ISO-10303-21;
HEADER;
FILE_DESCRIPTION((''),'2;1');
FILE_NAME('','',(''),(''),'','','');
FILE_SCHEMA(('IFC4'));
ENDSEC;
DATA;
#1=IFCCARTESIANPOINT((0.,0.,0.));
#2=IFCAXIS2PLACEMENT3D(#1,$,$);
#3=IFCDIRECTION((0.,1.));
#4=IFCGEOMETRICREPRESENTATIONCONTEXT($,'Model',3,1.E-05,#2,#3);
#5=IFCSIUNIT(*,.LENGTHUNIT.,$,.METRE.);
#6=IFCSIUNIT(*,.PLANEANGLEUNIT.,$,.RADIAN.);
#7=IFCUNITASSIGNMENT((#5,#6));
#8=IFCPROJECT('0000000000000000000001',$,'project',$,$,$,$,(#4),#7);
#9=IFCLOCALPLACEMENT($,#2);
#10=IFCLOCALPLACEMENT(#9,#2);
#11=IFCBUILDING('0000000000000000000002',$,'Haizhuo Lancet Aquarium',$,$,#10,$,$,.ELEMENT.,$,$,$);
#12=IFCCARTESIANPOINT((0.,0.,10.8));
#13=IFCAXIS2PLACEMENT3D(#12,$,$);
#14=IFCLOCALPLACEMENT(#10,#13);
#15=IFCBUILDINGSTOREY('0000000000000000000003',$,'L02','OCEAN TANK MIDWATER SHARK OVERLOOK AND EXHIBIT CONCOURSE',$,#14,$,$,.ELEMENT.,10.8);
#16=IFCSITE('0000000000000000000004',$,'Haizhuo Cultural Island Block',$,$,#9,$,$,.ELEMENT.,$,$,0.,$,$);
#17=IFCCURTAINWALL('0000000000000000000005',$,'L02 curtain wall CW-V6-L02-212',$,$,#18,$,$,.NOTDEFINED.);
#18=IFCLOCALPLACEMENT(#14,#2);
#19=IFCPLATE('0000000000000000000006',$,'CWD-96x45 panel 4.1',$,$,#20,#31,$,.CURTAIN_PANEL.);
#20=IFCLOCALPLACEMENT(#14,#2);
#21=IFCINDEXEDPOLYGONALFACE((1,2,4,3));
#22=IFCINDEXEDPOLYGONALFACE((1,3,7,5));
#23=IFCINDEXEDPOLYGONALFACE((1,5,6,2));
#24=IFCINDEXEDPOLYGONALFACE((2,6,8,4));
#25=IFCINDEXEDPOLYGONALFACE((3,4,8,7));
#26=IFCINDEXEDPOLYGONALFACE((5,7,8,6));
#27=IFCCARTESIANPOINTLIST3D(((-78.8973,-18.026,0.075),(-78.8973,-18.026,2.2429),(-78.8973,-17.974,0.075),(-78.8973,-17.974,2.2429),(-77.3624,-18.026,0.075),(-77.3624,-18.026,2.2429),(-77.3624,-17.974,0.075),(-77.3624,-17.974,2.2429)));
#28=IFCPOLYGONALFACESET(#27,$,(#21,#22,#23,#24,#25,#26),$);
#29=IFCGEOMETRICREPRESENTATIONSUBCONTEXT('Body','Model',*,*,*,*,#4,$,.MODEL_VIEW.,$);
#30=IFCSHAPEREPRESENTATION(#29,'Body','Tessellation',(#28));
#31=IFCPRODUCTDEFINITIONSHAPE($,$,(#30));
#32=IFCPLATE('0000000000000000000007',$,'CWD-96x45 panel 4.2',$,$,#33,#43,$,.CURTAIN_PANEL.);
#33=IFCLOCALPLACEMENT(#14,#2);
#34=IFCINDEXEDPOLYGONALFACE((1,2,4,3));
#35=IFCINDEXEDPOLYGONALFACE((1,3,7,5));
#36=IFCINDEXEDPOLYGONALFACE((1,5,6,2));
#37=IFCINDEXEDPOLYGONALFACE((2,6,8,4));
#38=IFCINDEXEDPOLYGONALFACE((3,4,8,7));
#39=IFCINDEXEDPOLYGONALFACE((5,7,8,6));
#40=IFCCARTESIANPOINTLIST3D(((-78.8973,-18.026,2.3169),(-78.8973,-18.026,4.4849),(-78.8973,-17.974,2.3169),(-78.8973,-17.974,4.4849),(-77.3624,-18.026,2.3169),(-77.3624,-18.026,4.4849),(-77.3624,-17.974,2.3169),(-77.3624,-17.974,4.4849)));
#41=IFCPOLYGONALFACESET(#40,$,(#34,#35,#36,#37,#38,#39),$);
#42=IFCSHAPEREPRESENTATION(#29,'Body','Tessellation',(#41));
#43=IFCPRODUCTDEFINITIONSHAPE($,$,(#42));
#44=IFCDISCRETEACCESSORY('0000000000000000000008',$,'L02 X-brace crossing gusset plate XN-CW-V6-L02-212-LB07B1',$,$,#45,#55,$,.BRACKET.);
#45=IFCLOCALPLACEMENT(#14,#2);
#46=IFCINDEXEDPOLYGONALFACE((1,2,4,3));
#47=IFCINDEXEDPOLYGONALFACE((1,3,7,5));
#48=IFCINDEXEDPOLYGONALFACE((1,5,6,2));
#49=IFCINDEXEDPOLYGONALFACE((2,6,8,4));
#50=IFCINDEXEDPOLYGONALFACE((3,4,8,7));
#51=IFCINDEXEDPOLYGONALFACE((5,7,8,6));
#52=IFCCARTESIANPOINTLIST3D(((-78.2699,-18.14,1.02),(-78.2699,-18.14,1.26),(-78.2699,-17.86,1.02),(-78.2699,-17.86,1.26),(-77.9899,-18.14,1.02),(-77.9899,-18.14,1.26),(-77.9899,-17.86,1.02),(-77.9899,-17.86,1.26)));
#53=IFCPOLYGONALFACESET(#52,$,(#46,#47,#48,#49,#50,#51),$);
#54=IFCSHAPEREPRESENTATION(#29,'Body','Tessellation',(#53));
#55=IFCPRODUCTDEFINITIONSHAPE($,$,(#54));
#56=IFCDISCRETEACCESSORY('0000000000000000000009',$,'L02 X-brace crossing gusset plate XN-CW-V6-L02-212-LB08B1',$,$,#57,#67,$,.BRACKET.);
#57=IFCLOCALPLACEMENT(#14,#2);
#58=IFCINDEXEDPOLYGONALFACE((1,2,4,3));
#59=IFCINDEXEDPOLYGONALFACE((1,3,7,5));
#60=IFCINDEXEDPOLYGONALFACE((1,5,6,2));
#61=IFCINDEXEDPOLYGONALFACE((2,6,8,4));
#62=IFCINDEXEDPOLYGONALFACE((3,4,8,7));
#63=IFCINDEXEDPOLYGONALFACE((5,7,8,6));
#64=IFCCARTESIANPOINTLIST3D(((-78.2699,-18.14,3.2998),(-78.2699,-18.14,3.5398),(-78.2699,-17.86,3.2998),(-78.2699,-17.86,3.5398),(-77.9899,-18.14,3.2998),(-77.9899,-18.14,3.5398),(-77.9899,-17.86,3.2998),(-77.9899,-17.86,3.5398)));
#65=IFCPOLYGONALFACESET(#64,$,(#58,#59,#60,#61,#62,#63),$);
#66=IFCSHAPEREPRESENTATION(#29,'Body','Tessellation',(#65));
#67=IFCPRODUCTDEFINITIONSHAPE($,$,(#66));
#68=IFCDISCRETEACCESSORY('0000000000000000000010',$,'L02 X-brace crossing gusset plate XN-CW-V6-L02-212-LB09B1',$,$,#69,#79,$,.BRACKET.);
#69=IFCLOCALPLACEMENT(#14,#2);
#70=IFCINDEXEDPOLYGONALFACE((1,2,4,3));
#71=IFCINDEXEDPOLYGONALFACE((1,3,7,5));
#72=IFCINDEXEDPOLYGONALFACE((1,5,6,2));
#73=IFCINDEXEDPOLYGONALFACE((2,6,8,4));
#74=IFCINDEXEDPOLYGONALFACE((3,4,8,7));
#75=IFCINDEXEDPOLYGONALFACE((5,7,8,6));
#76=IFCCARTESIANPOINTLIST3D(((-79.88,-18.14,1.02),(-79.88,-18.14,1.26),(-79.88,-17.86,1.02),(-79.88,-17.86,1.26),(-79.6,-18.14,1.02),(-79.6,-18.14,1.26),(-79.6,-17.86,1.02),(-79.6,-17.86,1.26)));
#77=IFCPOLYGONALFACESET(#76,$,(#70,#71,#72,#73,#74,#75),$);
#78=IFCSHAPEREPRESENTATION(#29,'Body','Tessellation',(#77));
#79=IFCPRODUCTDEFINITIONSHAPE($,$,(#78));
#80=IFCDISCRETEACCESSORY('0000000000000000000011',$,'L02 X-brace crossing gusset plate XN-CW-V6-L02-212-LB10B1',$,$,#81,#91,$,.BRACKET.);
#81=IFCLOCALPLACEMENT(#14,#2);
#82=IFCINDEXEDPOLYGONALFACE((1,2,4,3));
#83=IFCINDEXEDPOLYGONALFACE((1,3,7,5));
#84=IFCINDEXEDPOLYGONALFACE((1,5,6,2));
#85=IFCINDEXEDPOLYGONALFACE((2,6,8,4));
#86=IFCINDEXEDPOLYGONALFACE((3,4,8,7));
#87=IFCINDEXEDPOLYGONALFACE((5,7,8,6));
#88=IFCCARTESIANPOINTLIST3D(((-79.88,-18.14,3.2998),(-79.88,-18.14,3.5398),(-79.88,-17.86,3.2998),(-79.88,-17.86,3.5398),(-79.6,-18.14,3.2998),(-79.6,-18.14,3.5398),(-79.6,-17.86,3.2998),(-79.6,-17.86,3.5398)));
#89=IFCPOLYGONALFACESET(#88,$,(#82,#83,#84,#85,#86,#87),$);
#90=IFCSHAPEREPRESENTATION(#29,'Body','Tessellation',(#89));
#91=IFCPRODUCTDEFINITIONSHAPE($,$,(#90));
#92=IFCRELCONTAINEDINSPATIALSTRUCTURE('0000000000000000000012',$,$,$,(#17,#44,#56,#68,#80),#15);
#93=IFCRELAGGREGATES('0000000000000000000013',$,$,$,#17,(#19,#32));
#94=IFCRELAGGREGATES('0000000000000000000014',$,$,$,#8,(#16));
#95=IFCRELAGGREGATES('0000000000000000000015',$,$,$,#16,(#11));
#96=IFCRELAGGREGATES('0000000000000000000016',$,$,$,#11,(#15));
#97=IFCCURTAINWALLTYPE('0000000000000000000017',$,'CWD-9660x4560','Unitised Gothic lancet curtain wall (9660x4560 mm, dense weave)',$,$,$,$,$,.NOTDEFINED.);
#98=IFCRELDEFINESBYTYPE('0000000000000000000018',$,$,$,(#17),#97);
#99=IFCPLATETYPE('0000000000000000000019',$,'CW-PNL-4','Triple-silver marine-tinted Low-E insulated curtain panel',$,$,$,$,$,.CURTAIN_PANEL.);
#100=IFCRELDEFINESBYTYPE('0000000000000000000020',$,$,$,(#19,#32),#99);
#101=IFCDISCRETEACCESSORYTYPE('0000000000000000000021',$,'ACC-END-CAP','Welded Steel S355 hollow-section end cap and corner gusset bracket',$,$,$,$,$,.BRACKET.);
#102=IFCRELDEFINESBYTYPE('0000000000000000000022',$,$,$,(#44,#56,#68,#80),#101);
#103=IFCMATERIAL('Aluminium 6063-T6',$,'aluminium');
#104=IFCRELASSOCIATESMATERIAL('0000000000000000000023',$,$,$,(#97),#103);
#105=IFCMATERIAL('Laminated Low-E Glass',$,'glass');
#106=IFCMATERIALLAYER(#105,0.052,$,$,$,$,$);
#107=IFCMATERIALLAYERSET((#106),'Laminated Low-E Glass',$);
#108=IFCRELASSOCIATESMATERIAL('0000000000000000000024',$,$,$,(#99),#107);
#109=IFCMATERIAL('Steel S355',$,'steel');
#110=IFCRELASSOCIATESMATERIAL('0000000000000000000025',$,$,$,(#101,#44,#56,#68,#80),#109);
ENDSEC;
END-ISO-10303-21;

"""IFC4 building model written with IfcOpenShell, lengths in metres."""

from ifc_helpers import new_model, si_unit, direction, frame, origin, origin_2d, place, context, subcontext, project, spatial, rectangle, extrude, material, layer, layer_set, type_object, element, aggregate, save


model = new_model("IFC4")

# Units and contexts
model_context = context("Model", 3, precision=1e-05, world=origin(), true_north=direction((0.0, 1.0)))
body_context = subcontext(model_context, "Body", "Model", "MODEL_VIEW")
ifc_project = project(units=[si_unit("LENGTHUNIT", "METRE"), si_unit("PLANEANGLEUNIT", "RADIAN")], contexts=[model_context])

# Site, building, storey
site_placement = place(None, origin())
site = spatial("IfcSite", under=ifc_project, at=site_placement, Name="Haizhuo Cultural Island Block", CompositionType="ELEMENT", RefElevation=0.0)
building_placement = place(site_placement, origin())
building = spatial("IfcBuilding", under=site, at=building_placement, Name="Haizhuo Lancet Aquarium", CompositionType="ELEMENT")
storey_placement = place(building_placement, frame((0.0, 0.0, 10.8)))
storey = spatial("IfcBuildingStorey", under=building, at=storey_placement, Name="L02", Description="OCEAN TANK MIDWATER SHARK OVERLOOK AND EXHIBIT CONCOURSE", CompositionType="ELEMENT", Elevation=10.8)

# Shared definitions
ifc_material_1 = material(Name="Steel S355", Category="steel")

# Curtain wall
ifc_material_2 = material(Name="Aluminium 6063-T6", Category="aluminium")
curtain_wall_type_1 = type_object("IfcCurtainWallType", Name="CWD-9660x4560", Description="Unitised Gothic lancet curtain wall (9660x4560 mm, dense weave)", PredefinedType="NOTDEFINED", material=ifc_material_2)
curtain_wall_1_placement = place(storey_placement, origin())
curtain_wall_1 = element("IfcCurtainWall", 1, at=curtain_wall_1_placement, inside=storey, type_object=curtain_wall_type_1, Name="L02 curtain wall CW-V6-L02-212", PredefinedType="NOTDEFINED")

# Plates
ifc_material_3 = material(Name="Laminated Low-E Glass", Category="glass")
ifc_layer = layer(ifc_material_3, 0.052)
ifc_layer_set = layer_set([ifc_layer], Name="Laminated Low-E Glass")
plate_type = type_object("IfcPlateType", Name="CW-PNL-4", Description="Triple-silver marine-tinted Low-E insulated curtain panel", PredefinedType="CURTAIN_PANEL", material=ifc_layer_set)
plate_1_placement = place(storey_placement, frame((-78.1299, -18.0, 0.075), z_axis=(0.0, 0.0, 1.0), x_axis=(-1.0, 0.0, 0.0)))
plate_1 = element("IfcPlate", 2, at=plate_1_placement, type_object=plate_type, Name="CWD-96x45 panel 4.1", PredefinedType="CURTAIN_PANEL", context=body_context, shape_type="SweptSolid", body=[
    extrude(rectangle(XDim=1.5349, YDim=0.052, at=origin_2d()), origin(), (0.0, 0.0, 1.0), 2.168),
])
plate_2_placement = place(storey_placement, frame((-78.1299, -18.0, 2.3169), z_axis=(0.0, 0.0, 1.0), x_axis=(-1.0, 0.0, 0.0)))
plate_2 = element("IfcPlate", 3, at=plate_2_placement, type_object=plate_type, Name="CWD-96x45 panel 4.2", PredefinedType="CURTAIN_PANEL", context=body_context, shape_type="SweptSolid", body=[
    extrude(rectangle(XDim=1.5349, YDim=0.052, at=origin_2d()), origin(), (0.0, 0.0, 1.0), 2.168),
])
aggregate(curtain_wall_1, [plate_1, plate_2])

# Discrete accessories
discrete_accessory_type = type_object("IfcDiscreteAccessoryType", Name="ACC-END-CAP", Description="Welded Steel S355 hollow-section end cap and corner gusset bracket", PredefinedType="BRACKET", material=ifc_material_1)
for number, where, z_axis, x_axis, name in (
    (4, (-78.1299, -18.0, 1.02), (0.0, 0.0, 1.0), (1.0, 0.0, 0.0), "L02 X-brace crossing gusset plate XN-CW-V6-L02-212-LB07B1"),
    (5, (-78.1299, -18.0, 3.2998), (0.0, 0.0, 1.0), (1.0, 0.0, 0.0), "L02 X-brace crossing gusset plate XN-CW-V6-L02-212-LB08B1"),
    (6, (-79.74, -18.0, 1.02), (0.0, 0.0, 1.0), (1.0, 0.0, 0.0), "L02 X-brace crossing gusset plate XN-CW-V6-L02-212-LB09B1"),
    (7, (-79.74, -18.0, 3.2998), (0.0, 0.0, 1.0), (1.0, 0.0, 0.0), "L02 X-brace crossing gusset plate XN-CW-V6-L02-212-LB10B1"),
):
    element("IfcDiscreteAccessory", number, at=place(storey_placement, frame(where, z_axis=z_axis, x_axis=x_axis)), inside=storey, type_object=discrete_accessory_type, material=ifc_material_1, Name=name, PredefinedType="BRACKET", context=body_context, shape_type="SweptSolid", body=[
        extrude(rectangle(XDim=0.28, YDim=0.28, at=origin_2d()), origin(), (0.0, 0.0, 1.0), 0.24),
    ])

save(model, "model.ifc")
